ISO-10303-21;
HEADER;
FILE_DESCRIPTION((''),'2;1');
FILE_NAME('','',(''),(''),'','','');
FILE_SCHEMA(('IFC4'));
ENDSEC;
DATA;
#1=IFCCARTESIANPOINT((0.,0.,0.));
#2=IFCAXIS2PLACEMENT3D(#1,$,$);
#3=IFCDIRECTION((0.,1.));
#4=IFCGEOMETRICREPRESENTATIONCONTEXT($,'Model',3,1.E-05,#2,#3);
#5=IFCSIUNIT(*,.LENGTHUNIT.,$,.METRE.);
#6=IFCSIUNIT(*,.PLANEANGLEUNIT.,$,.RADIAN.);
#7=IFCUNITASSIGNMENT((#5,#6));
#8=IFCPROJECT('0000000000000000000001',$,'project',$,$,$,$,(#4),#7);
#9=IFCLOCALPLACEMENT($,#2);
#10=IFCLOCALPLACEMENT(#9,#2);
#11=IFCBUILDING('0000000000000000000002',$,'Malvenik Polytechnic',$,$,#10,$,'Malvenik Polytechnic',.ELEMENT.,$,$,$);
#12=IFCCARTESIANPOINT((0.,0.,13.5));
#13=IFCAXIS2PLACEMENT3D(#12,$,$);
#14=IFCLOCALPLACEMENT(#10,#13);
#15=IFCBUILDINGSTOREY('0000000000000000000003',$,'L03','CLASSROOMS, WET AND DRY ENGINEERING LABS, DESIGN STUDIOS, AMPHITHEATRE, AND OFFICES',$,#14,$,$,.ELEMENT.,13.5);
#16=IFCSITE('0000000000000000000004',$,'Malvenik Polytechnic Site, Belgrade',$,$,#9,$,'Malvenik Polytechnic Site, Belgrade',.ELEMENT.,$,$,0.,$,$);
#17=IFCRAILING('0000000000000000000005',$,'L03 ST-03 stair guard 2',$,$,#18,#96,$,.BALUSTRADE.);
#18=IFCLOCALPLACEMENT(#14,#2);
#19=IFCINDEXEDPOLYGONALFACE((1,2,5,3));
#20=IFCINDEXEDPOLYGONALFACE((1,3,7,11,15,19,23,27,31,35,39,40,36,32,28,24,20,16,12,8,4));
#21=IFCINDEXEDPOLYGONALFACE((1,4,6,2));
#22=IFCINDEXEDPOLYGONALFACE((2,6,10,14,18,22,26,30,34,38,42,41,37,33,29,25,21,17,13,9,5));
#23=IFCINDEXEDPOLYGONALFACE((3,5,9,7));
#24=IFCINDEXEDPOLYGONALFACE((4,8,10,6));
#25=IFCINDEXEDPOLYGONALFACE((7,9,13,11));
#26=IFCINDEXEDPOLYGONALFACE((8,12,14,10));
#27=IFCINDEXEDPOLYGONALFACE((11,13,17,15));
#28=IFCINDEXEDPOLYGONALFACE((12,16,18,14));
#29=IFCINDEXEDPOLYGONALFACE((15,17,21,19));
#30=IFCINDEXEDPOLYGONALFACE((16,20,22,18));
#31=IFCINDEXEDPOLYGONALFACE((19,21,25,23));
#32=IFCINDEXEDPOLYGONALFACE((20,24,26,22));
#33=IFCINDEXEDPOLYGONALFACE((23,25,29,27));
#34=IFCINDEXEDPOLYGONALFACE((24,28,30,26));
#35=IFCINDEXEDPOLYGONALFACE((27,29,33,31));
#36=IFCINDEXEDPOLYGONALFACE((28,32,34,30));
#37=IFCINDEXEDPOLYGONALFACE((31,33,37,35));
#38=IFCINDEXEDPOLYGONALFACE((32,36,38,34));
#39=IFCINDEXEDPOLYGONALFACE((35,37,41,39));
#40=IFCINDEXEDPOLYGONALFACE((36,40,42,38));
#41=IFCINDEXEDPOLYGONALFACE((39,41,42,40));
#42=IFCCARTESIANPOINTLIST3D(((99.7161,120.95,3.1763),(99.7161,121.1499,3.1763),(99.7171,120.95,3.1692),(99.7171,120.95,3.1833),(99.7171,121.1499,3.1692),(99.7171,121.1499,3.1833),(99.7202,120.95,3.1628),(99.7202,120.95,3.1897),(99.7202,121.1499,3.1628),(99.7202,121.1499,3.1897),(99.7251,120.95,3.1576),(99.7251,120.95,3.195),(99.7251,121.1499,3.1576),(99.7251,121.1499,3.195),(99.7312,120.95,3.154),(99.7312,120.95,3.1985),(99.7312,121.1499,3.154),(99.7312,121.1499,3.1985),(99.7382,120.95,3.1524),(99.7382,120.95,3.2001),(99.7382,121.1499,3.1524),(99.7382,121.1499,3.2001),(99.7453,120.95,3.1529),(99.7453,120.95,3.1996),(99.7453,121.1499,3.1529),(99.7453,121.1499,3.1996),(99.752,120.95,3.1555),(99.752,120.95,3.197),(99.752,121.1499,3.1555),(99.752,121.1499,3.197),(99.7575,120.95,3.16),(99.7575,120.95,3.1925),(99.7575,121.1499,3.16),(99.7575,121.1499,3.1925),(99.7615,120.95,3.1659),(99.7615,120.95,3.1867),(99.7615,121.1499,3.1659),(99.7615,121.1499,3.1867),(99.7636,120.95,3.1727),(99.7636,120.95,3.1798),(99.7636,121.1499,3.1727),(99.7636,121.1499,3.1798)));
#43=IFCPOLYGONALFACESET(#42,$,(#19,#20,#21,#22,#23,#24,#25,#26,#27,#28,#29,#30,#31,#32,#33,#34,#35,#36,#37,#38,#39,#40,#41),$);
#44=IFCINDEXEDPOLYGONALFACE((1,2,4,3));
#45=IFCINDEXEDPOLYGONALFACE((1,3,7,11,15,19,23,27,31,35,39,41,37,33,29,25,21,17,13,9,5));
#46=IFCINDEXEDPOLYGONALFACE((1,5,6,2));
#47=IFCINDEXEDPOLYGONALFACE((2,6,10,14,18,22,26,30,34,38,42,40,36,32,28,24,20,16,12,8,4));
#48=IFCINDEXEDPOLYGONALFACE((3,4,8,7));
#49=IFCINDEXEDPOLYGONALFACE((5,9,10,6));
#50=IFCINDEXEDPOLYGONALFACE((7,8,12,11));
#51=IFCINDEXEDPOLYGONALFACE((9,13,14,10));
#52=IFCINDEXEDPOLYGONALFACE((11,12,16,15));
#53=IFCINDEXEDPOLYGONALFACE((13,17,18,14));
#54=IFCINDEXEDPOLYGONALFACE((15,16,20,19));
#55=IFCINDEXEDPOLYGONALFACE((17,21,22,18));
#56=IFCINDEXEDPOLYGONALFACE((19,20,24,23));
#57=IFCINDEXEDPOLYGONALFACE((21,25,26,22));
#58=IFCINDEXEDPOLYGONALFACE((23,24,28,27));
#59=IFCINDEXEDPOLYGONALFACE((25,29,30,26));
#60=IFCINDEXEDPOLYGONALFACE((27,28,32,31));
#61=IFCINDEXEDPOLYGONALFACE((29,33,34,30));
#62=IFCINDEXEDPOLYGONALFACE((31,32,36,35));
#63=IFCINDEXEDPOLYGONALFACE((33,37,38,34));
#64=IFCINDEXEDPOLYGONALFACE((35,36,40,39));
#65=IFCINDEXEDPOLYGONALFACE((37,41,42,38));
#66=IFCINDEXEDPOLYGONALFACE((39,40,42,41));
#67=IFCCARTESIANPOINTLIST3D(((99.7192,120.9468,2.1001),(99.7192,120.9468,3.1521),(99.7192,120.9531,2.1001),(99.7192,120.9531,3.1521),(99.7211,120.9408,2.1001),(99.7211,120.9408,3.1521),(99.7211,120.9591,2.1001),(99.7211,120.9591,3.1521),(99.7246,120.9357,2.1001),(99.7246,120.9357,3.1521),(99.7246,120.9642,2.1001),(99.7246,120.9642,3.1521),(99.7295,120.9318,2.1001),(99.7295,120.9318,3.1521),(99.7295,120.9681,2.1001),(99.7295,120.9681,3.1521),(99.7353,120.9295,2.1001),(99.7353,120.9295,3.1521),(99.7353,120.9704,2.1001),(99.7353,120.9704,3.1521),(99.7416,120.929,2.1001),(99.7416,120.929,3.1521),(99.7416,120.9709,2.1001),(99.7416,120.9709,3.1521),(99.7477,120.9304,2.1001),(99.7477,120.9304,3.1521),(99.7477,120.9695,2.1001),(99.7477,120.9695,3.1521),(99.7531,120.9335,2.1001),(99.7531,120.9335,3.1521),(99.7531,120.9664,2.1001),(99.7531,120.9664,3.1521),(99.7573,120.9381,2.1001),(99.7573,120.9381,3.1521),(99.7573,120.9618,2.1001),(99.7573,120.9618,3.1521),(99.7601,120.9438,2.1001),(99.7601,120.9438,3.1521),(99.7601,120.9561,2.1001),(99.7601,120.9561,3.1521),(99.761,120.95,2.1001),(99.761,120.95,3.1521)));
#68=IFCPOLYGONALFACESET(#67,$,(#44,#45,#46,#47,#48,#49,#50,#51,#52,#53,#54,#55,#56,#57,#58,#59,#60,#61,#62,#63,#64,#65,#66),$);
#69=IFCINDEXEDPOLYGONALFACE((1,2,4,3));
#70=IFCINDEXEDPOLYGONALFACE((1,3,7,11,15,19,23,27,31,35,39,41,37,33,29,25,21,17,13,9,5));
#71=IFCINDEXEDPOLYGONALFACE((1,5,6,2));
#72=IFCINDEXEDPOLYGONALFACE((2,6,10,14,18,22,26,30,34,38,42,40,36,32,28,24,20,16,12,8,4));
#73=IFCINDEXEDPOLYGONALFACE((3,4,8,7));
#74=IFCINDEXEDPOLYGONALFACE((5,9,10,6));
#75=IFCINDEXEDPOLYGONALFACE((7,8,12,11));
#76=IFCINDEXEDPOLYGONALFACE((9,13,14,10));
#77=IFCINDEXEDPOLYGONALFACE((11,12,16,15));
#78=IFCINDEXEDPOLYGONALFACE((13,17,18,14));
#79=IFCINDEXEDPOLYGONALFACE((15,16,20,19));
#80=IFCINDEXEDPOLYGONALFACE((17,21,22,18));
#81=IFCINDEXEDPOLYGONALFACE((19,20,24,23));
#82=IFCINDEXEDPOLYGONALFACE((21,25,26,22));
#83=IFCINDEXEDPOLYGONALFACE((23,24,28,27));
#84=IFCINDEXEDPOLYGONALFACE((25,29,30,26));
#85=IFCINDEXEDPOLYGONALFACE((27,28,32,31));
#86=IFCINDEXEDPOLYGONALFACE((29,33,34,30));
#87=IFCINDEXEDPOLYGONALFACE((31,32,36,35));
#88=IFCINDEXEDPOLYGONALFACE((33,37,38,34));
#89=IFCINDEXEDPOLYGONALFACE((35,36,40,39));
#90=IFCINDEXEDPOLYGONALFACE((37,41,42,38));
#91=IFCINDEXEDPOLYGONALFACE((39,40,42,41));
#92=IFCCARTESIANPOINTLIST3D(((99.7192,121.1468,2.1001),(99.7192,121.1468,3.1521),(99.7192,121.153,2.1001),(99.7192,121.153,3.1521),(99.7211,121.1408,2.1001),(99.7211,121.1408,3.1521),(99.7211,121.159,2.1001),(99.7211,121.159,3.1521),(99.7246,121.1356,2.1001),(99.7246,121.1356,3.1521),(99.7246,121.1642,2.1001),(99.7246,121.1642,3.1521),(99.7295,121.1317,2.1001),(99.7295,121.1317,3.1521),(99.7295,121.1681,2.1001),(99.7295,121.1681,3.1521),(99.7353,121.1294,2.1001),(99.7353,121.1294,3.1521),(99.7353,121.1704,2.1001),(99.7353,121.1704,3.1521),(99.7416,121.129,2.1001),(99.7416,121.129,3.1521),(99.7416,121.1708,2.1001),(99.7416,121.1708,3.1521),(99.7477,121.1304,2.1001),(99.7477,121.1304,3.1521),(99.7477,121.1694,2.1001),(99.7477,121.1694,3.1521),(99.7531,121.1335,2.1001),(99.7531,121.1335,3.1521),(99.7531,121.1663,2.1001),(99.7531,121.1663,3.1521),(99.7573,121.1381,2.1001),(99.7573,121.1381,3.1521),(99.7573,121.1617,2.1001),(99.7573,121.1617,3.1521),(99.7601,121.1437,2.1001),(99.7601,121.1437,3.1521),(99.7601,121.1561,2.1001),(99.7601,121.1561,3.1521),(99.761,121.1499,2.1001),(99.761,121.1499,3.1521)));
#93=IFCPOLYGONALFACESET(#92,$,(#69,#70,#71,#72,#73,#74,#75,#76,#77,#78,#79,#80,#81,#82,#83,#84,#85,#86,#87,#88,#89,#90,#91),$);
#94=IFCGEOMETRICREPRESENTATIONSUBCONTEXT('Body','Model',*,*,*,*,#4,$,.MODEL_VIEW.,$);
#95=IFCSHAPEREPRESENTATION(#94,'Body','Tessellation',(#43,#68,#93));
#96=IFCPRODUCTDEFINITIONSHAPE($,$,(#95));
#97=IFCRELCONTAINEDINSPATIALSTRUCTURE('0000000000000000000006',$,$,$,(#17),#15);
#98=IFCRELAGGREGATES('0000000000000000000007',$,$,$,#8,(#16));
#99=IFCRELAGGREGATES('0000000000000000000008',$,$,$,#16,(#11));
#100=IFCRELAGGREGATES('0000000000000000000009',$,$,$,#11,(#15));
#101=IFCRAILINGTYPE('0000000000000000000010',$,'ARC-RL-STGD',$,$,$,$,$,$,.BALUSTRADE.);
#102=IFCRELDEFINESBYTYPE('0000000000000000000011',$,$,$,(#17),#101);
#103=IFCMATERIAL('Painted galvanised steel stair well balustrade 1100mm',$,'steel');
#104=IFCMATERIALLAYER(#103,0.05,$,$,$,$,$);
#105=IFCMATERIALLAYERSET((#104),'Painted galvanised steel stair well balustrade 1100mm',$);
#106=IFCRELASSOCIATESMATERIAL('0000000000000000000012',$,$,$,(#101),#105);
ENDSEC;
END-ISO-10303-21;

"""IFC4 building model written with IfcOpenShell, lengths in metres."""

from ifc_helpers import new_model, si_unit, direction, frame, origin, origin_2d, place, context, subcontext, project, spatial, circle, extrude, material, layer, layer_set, type_object, element, save


model = new_model("IFC4")

# Units and contexts
model_context = context("Model", 3, precision=1e-05, world=origin(), true_north=direction((0.0, 1.0)))
body_context = subcontext(model_context, "Body", "Model", "MODEL_VIEW")
ifc_project = project(units=[si_unit("LENGTHUNIT", "METRE"), si_unit("PLANEANGLEUNIT", "RADIAN")], contexts=[model_context])

# Site, building, storey
site_placement = place(None, origin())
site = spatial("IfcSite", under=ifc_project, at=site_placement, Name="Malvenik Polytechnic Site, Belgrade", LongName="Malvenik Polytechnic Site, Belgrade", CompositionType="ELEMENT", RefElevation=0.0)
building_placement = place(site_placement, origin())
building = spatial("IfcBuilding", under=site, at=building_placement, Name="Malvenik Polytechnic", LongName="Malvenik Polytechnic", CompositionType="ELEMENT")
storey_placement = place(building_placement, frame((0.0, 0.0, 13.5)))
storey = spatial("IfcBuildingStorey", under=building, at=storey_placement, Name="L03", Description="CLASSROOMS, WET AND DRY ENGINEERING LABS, DESIGN STUDIOS, AMPHITHEATRE, AND OFFICES", CompositionType="ELEMENT", Elevation=13.5)

# Railing
ifc_material_1 = material(Name="Painted galvanised steel stair well balustrade 1100mm", Category="steel")
ifc_layer_1 = layer(ifc_material_1, 0.05)
ifc_layer_set_1 = layer_set([ifc_layer_1], Name="Painted galvanised steel stair well balustrade 1100mm")
railing_type_1 = type_object("IfcRailingType", Name="ARC-RL-STGD", PredefinedType="BALUSTRADE", material=ifc_layer_set_1)
railing_1_placement = place(storey_placement, frame((99.74, 120.95, 2.1001)))
element("IfcRailing", 1, at=railing_1_placement, inside=storey, type_object=railing_type_1, Name="L03 ST-03 stair guard 2", PredefinedType="BALUSTRADE", context=body_context, shape_type="SweptSolid", body=[
    extrude(circle(Radius=0.0239, at=origin_2d()), frame((0.0, 0.0, 1.0762), z_axis=(0.0, 1.0, 0.0), x_axis=(-1.0, 0.0, 0.0)), (0.0, 0.0, 1.0), 0.2),
    extrude(circle(Radius=0.021, at=origin_2d()), origin(), (0.0, 0.0, 1.0), 1.052),
    extrude(circle(Radius=0.021, at=origin_2d()), frame((0.0, 0.2, 0.0)), (0.0, 0.0, 1.0), 1.052),
])

save(model, "model.ifc")
